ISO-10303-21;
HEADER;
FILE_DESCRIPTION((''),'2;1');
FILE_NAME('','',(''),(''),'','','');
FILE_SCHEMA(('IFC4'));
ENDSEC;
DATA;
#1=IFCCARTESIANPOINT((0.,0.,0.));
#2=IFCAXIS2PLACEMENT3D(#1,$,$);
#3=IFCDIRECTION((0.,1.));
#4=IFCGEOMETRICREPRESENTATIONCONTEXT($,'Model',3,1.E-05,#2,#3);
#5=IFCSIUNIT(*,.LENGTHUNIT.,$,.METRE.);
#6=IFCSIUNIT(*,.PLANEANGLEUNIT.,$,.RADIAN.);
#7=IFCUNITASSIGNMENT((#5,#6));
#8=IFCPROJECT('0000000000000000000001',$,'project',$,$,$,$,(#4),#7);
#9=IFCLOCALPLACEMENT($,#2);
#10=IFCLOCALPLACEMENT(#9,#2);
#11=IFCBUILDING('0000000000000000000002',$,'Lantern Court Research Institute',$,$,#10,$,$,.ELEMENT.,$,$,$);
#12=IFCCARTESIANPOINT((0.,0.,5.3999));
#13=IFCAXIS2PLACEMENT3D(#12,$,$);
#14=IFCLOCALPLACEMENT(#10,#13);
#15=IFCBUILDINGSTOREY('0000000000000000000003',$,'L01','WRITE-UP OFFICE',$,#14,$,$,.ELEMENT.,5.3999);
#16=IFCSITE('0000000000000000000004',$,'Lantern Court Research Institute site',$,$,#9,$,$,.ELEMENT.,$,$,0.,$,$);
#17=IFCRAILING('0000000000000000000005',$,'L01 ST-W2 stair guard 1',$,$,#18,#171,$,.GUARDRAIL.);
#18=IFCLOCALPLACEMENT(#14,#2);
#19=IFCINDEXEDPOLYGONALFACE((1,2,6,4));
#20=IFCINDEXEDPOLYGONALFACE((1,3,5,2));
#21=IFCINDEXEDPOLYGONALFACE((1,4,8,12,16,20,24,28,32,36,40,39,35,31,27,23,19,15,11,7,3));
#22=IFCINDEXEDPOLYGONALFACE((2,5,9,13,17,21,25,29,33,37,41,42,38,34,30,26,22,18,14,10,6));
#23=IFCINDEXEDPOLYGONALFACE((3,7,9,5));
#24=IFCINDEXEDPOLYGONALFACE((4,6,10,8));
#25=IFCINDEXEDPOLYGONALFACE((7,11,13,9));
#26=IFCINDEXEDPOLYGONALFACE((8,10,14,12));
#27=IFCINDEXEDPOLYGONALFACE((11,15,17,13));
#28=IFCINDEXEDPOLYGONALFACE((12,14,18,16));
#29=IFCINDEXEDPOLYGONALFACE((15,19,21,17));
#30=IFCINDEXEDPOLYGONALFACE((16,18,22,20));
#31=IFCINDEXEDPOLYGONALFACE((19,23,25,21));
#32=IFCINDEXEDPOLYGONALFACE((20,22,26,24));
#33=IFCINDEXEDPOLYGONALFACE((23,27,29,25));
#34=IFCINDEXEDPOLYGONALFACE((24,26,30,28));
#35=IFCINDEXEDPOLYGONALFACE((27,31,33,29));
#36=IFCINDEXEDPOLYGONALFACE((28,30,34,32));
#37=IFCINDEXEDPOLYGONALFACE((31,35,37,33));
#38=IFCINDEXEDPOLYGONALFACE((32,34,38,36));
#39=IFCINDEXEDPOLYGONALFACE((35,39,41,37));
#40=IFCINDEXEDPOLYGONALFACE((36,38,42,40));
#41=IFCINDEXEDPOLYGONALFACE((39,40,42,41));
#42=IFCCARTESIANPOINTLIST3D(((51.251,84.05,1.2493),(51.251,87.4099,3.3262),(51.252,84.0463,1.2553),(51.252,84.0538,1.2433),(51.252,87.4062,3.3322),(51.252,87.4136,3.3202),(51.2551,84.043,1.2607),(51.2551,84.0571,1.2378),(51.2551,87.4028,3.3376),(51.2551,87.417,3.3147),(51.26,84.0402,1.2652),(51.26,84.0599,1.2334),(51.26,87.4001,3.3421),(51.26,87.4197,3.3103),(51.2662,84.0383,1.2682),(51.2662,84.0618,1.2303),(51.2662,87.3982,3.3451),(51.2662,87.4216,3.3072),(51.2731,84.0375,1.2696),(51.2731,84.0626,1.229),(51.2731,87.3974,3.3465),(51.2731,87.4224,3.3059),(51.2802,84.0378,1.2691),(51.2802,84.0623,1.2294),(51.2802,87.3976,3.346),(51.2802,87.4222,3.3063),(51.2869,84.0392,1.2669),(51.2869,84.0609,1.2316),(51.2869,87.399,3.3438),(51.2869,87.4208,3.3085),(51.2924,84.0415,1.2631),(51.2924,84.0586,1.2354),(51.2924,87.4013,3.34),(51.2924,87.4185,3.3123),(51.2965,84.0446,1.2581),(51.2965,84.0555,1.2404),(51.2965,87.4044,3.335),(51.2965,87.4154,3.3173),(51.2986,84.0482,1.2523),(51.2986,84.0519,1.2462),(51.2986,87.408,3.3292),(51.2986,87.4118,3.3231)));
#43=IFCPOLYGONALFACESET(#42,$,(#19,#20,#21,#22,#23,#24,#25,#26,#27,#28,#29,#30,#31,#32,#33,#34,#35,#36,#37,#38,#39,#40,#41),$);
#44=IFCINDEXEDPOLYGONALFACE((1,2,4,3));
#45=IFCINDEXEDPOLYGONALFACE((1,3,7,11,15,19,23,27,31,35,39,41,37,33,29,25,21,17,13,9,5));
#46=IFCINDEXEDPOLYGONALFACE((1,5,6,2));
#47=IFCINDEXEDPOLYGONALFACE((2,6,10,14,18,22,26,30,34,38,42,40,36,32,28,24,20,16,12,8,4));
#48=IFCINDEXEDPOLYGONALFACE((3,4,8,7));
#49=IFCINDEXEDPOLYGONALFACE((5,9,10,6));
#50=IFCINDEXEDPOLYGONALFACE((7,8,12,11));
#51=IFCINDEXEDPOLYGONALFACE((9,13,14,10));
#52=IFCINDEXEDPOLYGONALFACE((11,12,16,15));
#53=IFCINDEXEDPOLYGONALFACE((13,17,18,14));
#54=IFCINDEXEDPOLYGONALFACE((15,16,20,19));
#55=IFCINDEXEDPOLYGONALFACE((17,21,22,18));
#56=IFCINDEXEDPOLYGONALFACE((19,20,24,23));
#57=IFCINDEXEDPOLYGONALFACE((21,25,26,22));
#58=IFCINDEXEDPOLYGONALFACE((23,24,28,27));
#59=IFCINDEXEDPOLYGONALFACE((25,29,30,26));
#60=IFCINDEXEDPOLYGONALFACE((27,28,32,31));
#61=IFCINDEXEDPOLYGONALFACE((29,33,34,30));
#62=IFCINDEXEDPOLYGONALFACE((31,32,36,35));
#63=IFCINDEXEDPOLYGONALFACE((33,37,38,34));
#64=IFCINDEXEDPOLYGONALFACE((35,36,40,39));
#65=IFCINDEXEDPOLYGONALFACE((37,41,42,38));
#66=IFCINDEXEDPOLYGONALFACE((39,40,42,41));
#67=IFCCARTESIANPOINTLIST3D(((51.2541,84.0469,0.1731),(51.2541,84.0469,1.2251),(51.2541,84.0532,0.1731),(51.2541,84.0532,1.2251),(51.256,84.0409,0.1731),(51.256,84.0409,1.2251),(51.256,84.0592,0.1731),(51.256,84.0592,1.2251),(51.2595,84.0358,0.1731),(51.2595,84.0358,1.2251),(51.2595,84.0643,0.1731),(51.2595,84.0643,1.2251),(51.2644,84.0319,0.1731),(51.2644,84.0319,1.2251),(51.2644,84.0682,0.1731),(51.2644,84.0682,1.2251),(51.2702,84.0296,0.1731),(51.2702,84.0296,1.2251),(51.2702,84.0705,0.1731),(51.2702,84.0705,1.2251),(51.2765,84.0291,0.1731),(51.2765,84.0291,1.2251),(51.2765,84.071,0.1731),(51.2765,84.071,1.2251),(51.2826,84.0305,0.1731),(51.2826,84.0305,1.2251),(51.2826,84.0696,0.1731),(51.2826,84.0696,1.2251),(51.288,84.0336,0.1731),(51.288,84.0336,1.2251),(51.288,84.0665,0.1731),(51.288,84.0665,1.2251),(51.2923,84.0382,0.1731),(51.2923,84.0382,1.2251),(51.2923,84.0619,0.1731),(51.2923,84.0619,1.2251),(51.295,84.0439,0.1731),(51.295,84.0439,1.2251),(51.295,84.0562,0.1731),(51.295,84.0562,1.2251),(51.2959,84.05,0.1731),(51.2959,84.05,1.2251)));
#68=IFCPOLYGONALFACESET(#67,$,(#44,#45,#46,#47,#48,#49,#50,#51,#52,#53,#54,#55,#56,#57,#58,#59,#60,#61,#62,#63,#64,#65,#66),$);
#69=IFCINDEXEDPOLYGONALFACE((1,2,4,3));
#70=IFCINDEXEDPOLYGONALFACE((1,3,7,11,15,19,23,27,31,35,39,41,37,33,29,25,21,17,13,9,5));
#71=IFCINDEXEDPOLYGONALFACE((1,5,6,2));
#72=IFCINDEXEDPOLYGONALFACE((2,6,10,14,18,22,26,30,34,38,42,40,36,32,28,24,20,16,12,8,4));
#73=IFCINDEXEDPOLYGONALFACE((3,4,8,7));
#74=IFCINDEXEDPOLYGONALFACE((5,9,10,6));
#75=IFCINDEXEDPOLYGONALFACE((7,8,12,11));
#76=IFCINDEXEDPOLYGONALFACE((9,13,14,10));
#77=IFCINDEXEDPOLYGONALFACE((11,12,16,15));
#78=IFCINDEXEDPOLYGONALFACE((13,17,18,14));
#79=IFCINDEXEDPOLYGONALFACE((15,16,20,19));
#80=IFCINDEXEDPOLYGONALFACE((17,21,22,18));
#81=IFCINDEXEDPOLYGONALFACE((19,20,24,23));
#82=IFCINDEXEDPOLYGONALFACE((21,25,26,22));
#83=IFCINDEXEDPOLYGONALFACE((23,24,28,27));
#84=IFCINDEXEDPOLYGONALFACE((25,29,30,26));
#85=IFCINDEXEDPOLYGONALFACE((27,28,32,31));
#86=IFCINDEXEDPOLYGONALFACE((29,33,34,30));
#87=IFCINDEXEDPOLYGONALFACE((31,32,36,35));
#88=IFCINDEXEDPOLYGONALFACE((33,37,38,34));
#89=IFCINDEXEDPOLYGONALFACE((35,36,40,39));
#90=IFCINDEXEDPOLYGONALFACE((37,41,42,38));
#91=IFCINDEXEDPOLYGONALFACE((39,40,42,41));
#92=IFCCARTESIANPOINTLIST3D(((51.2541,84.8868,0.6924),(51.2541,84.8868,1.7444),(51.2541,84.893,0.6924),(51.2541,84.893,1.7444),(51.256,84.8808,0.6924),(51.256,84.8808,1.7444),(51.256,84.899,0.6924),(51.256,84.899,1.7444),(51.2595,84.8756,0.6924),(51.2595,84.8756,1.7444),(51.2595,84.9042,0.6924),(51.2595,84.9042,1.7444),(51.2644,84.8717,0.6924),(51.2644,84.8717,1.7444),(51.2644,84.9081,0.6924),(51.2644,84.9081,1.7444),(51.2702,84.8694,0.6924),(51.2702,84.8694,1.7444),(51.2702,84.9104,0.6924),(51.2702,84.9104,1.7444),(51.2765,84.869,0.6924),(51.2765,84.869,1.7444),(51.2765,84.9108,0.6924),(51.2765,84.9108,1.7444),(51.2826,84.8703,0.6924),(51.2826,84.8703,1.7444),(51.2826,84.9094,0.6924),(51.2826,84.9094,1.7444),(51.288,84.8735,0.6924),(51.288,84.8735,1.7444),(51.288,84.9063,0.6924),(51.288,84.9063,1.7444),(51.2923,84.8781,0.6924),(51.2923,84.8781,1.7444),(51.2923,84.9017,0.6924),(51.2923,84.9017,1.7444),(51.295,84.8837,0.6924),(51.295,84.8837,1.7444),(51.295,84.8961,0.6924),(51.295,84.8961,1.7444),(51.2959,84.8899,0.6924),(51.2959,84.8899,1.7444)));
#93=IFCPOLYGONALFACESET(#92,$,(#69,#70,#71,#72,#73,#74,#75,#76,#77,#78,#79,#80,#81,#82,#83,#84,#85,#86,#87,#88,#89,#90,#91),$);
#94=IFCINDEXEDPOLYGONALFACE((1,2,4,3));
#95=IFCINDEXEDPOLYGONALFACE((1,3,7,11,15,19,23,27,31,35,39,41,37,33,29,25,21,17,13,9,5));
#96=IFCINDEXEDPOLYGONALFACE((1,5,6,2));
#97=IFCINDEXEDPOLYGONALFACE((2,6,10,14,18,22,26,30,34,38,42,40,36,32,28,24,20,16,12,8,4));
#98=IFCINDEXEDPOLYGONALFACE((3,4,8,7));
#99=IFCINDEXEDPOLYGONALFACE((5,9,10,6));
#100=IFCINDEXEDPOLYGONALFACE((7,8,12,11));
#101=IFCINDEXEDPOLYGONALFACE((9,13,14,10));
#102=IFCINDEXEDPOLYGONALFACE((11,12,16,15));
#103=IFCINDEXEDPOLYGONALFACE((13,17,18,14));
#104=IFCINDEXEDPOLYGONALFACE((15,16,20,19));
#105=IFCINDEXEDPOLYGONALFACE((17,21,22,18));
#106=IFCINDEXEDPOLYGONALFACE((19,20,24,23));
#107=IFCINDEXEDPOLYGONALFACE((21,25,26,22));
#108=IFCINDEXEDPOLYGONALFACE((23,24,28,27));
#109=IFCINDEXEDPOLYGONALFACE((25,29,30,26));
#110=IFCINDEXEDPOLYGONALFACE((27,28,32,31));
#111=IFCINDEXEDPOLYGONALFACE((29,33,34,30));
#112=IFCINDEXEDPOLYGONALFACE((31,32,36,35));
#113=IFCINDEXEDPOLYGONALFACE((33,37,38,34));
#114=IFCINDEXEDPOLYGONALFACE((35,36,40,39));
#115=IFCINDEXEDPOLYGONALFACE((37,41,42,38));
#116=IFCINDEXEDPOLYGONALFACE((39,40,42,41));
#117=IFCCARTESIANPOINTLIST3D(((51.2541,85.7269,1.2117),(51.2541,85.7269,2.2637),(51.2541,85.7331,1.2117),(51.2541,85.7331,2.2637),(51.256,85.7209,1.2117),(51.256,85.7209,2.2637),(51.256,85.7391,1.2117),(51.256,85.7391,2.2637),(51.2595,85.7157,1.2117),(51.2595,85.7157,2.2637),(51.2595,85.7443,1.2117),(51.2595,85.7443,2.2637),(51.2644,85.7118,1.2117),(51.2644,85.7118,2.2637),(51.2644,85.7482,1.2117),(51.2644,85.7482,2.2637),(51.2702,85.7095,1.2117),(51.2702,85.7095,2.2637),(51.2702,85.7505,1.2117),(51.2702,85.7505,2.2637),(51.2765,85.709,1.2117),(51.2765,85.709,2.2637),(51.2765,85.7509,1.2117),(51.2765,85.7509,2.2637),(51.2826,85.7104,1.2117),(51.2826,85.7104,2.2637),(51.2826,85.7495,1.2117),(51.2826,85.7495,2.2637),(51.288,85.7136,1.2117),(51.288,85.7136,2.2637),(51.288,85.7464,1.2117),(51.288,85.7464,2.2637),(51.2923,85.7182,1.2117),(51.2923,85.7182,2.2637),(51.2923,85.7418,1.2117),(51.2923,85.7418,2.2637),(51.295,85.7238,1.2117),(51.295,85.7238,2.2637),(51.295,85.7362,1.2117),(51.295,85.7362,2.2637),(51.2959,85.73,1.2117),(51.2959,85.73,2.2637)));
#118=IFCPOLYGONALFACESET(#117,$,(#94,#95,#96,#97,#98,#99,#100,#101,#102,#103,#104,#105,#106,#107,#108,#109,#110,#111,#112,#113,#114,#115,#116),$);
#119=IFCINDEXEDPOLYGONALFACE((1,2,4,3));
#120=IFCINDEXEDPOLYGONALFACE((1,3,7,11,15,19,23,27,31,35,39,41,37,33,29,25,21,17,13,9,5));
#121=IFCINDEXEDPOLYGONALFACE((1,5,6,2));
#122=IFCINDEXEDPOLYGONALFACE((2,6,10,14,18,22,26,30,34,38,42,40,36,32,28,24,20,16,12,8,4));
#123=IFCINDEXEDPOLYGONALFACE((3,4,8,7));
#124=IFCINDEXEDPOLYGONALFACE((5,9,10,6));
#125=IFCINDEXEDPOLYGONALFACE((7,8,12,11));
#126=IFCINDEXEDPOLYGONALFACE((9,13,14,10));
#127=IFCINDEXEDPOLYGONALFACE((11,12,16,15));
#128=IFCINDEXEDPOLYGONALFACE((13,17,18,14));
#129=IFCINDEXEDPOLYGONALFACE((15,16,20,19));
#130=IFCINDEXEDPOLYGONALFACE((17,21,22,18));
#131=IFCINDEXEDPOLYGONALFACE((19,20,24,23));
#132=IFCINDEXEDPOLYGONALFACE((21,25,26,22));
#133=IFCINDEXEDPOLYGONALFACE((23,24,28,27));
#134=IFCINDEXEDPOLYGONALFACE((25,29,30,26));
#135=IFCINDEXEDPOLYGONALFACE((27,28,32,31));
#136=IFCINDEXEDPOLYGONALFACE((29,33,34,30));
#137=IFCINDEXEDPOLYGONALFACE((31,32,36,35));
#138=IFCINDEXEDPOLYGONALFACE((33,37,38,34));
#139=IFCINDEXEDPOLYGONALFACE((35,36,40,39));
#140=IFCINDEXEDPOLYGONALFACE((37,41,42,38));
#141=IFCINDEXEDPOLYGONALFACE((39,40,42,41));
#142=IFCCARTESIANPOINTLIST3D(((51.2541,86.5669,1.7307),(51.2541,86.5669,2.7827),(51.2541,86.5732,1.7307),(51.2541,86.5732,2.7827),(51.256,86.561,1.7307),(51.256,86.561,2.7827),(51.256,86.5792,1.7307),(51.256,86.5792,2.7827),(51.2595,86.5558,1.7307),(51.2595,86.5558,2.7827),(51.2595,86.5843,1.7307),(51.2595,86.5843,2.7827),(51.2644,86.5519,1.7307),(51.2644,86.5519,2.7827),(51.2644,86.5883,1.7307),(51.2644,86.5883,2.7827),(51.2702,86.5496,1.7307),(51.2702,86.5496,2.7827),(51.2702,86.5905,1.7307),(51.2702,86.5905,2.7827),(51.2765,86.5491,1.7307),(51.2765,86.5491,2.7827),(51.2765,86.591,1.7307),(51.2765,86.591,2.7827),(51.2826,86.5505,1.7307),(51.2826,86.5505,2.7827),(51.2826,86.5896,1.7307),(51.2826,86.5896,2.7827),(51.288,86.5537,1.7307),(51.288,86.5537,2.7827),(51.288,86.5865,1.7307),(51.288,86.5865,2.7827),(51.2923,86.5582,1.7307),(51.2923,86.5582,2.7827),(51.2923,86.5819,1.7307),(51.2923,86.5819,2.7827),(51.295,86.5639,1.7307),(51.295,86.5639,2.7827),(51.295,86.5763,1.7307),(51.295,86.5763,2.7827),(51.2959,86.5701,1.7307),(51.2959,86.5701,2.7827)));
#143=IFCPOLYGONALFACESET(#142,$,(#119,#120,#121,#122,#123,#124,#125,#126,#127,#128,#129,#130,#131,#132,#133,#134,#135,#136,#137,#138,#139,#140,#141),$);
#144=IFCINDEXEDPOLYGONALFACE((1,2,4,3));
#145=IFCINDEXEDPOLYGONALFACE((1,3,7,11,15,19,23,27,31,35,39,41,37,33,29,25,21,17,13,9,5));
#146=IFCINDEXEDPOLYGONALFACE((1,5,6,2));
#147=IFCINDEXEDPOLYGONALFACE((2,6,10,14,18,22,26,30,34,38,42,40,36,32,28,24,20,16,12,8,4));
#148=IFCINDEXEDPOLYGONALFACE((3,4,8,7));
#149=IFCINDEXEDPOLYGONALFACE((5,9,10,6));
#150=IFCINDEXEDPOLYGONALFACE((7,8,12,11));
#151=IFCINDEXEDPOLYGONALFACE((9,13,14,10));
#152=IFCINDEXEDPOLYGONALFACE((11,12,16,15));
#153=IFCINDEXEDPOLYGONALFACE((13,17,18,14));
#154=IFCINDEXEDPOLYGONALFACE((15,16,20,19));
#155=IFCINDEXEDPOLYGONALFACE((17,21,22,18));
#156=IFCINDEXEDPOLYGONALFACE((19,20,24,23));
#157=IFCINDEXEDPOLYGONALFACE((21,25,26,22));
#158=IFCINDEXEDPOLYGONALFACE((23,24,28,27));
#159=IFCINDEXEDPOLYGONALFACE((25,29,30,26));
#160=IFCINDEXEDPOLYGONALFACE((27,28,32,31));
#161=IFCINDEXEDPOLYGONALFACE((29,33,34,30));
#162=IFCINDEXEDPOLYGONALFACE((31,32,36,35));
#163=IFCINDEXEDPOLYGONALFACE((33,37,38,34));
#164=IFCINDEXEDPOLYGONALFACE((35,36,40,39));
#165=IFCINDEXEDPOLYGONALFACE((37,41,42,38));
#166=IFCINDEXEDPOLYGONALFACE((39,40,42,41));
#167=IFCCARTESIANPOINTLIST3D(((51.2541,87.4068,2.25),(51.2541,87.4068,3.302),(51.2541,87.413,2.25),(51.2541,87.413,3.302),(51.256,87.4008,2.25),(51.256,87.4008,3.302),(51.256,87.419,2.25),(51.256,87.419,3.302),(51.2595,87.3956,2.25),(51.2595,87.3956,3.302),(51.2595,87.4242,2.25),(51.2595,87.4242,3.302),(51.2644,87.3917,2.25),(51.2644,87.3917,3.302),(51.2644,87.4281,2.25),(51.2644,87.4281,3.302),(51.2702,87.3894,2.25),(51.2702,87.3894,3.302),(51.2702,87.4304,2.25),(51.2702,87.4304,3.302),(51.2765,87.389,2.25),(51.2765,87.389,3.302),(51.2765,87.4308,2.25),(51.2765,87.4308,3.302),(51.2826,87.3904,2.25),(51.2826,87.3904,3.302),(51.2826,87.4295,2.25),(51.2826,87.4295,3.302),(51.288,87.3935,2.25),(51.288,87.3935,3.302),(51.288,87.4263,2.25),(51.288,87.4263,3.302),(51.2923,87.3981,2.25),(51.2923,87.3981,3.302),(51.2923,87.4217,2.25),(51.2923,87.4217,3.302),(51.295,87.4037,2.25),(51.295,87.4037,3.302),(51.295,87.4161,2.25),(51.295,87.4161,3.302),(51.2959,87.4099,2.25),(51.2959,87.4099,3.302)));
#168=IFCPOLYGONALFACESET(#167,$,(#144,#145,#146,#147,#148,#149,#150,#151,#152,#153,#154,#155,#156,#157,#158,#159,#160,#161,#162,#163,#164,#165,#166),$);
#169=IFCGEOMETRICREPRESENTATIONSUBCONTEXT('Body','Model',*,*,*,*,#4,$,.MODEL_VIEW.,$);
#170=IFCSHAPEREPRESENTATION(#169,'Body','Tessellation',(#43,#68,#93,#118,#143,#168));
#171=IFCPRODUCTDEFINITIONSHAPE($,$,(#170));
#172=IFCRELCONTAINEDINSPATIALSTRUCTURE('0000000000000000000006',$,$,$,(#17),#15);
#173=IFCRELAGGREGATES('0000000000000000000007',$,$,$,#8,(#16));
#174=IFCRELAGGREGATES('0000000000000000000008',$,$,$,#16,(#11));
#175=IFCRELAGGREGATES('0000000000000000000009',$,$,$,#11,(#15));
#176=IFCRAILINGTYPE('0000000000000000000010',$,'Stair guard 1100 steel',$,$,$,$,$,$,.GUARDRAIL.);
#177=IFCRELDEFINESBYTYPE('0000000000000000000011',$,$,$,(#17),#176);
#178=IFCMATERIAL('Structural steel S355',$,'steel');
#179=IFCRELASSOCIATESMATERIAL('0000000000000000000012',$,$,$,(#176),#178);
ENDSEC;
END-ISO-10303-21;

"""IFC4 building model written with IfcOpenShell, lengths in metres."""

from ifc_helpers import new_model, si_unit, direction, frame, origin, origin_2d, place, context, subcontext, project, spatial, circle, extrude, material, type_object, element, save


model = new_model("IFC4")

# Units and contexts
model_context = context("Model", 3, precision=1e-05, world=origin(), true_north=direction((0.0, 1.0)))
body_context = subcontext(model_context, "Body", "Model", "MODEL_VIEW")
ifc_project = project(units=[si_unit("LENGTHUNIT", "METRE"), si_unit("PLANEANGLEUNIT", "RADIAN")], contexts=[model_context])

# Site, building, storey
site_placement = place(None, origin())
site = spatial("IfcSite", under=ifc_project, at=site_placement, Name="Lantern Court Research Institute site", CompositionType="ELEMENT", RefElevation=0.0)
building_placement = place(site_placement, origin())
building = spatial("IfcBuilding", under=site, at=building_placement, Name="Lantern Court Research Institute", CompositionType="ELEMENT")
storey_placement = place(building_placement, frame((0.0, 0.0, 5.3999)))
storey = spatial("IfcBuildingStorey", under=building, at=storey_placement, Name="L01", Description="WRITE-UP OFFICE", CompositionType="ELEMENT", Elevation=5.3999)

# Railing
ifc_material_1 = material(Name="Structural steel S355", Category="steel")
railing_type_1 = type_object("IfcRailingType", Name="Stair guard 1100 steel", PredefinedType="GUARDRAIL", material=ifc_material_1)
railing_1_placement = place(storey_placement, frame((51.2749, 84.05, 0.1731)))
element("IfcRailing", 1, at=railing_1_placement, inside=storey, type_object=railing_type_1, Name="L01 ST-W2 stair guard 1", PredefinedType="GUARDRAIL", context=body_context, shape_type="SweptSolid", body=[
    extrude(circle(Radius=0.0239, at=origin_2d()), frame((0.0, 0.0, 1.0762), z_axis=(0.0, 0.850606, 0.525803), x_axis=(-1.0, 0.0, 0.0)), (0.0, 0.0, 1.0), 3.95),
    extrude(circle(Radius=0.021, at=origin_2d()), origin(), (0.0, 0.0, 1.0), 1.052),
    extrude(circle(Radius=0.021, at=origin_2d()), frame((0.0, 0.8398, 0.5193)), (0.0, 0.0, 1.0), 1.052),
    extrude(circle(Radius=0.021, at=origin_2d()), frame((0.0, 1.6799, 1.0386)), (0.0, 0.0, 1.0), 1.052),
    extrude(circle(Radius=0.021, at=origin_2d()), frame((0.0, 2.52, 1.5576)), (0.0, 0.0, 1.0), 1.052),
    extrude(circle(Radius=0.021, at=origin_2d()), frame((0.0, 3.3599, 2.0769)), (0.0, 0.0, 1.0), 1.052),
])

save(model, "model.ifc")
